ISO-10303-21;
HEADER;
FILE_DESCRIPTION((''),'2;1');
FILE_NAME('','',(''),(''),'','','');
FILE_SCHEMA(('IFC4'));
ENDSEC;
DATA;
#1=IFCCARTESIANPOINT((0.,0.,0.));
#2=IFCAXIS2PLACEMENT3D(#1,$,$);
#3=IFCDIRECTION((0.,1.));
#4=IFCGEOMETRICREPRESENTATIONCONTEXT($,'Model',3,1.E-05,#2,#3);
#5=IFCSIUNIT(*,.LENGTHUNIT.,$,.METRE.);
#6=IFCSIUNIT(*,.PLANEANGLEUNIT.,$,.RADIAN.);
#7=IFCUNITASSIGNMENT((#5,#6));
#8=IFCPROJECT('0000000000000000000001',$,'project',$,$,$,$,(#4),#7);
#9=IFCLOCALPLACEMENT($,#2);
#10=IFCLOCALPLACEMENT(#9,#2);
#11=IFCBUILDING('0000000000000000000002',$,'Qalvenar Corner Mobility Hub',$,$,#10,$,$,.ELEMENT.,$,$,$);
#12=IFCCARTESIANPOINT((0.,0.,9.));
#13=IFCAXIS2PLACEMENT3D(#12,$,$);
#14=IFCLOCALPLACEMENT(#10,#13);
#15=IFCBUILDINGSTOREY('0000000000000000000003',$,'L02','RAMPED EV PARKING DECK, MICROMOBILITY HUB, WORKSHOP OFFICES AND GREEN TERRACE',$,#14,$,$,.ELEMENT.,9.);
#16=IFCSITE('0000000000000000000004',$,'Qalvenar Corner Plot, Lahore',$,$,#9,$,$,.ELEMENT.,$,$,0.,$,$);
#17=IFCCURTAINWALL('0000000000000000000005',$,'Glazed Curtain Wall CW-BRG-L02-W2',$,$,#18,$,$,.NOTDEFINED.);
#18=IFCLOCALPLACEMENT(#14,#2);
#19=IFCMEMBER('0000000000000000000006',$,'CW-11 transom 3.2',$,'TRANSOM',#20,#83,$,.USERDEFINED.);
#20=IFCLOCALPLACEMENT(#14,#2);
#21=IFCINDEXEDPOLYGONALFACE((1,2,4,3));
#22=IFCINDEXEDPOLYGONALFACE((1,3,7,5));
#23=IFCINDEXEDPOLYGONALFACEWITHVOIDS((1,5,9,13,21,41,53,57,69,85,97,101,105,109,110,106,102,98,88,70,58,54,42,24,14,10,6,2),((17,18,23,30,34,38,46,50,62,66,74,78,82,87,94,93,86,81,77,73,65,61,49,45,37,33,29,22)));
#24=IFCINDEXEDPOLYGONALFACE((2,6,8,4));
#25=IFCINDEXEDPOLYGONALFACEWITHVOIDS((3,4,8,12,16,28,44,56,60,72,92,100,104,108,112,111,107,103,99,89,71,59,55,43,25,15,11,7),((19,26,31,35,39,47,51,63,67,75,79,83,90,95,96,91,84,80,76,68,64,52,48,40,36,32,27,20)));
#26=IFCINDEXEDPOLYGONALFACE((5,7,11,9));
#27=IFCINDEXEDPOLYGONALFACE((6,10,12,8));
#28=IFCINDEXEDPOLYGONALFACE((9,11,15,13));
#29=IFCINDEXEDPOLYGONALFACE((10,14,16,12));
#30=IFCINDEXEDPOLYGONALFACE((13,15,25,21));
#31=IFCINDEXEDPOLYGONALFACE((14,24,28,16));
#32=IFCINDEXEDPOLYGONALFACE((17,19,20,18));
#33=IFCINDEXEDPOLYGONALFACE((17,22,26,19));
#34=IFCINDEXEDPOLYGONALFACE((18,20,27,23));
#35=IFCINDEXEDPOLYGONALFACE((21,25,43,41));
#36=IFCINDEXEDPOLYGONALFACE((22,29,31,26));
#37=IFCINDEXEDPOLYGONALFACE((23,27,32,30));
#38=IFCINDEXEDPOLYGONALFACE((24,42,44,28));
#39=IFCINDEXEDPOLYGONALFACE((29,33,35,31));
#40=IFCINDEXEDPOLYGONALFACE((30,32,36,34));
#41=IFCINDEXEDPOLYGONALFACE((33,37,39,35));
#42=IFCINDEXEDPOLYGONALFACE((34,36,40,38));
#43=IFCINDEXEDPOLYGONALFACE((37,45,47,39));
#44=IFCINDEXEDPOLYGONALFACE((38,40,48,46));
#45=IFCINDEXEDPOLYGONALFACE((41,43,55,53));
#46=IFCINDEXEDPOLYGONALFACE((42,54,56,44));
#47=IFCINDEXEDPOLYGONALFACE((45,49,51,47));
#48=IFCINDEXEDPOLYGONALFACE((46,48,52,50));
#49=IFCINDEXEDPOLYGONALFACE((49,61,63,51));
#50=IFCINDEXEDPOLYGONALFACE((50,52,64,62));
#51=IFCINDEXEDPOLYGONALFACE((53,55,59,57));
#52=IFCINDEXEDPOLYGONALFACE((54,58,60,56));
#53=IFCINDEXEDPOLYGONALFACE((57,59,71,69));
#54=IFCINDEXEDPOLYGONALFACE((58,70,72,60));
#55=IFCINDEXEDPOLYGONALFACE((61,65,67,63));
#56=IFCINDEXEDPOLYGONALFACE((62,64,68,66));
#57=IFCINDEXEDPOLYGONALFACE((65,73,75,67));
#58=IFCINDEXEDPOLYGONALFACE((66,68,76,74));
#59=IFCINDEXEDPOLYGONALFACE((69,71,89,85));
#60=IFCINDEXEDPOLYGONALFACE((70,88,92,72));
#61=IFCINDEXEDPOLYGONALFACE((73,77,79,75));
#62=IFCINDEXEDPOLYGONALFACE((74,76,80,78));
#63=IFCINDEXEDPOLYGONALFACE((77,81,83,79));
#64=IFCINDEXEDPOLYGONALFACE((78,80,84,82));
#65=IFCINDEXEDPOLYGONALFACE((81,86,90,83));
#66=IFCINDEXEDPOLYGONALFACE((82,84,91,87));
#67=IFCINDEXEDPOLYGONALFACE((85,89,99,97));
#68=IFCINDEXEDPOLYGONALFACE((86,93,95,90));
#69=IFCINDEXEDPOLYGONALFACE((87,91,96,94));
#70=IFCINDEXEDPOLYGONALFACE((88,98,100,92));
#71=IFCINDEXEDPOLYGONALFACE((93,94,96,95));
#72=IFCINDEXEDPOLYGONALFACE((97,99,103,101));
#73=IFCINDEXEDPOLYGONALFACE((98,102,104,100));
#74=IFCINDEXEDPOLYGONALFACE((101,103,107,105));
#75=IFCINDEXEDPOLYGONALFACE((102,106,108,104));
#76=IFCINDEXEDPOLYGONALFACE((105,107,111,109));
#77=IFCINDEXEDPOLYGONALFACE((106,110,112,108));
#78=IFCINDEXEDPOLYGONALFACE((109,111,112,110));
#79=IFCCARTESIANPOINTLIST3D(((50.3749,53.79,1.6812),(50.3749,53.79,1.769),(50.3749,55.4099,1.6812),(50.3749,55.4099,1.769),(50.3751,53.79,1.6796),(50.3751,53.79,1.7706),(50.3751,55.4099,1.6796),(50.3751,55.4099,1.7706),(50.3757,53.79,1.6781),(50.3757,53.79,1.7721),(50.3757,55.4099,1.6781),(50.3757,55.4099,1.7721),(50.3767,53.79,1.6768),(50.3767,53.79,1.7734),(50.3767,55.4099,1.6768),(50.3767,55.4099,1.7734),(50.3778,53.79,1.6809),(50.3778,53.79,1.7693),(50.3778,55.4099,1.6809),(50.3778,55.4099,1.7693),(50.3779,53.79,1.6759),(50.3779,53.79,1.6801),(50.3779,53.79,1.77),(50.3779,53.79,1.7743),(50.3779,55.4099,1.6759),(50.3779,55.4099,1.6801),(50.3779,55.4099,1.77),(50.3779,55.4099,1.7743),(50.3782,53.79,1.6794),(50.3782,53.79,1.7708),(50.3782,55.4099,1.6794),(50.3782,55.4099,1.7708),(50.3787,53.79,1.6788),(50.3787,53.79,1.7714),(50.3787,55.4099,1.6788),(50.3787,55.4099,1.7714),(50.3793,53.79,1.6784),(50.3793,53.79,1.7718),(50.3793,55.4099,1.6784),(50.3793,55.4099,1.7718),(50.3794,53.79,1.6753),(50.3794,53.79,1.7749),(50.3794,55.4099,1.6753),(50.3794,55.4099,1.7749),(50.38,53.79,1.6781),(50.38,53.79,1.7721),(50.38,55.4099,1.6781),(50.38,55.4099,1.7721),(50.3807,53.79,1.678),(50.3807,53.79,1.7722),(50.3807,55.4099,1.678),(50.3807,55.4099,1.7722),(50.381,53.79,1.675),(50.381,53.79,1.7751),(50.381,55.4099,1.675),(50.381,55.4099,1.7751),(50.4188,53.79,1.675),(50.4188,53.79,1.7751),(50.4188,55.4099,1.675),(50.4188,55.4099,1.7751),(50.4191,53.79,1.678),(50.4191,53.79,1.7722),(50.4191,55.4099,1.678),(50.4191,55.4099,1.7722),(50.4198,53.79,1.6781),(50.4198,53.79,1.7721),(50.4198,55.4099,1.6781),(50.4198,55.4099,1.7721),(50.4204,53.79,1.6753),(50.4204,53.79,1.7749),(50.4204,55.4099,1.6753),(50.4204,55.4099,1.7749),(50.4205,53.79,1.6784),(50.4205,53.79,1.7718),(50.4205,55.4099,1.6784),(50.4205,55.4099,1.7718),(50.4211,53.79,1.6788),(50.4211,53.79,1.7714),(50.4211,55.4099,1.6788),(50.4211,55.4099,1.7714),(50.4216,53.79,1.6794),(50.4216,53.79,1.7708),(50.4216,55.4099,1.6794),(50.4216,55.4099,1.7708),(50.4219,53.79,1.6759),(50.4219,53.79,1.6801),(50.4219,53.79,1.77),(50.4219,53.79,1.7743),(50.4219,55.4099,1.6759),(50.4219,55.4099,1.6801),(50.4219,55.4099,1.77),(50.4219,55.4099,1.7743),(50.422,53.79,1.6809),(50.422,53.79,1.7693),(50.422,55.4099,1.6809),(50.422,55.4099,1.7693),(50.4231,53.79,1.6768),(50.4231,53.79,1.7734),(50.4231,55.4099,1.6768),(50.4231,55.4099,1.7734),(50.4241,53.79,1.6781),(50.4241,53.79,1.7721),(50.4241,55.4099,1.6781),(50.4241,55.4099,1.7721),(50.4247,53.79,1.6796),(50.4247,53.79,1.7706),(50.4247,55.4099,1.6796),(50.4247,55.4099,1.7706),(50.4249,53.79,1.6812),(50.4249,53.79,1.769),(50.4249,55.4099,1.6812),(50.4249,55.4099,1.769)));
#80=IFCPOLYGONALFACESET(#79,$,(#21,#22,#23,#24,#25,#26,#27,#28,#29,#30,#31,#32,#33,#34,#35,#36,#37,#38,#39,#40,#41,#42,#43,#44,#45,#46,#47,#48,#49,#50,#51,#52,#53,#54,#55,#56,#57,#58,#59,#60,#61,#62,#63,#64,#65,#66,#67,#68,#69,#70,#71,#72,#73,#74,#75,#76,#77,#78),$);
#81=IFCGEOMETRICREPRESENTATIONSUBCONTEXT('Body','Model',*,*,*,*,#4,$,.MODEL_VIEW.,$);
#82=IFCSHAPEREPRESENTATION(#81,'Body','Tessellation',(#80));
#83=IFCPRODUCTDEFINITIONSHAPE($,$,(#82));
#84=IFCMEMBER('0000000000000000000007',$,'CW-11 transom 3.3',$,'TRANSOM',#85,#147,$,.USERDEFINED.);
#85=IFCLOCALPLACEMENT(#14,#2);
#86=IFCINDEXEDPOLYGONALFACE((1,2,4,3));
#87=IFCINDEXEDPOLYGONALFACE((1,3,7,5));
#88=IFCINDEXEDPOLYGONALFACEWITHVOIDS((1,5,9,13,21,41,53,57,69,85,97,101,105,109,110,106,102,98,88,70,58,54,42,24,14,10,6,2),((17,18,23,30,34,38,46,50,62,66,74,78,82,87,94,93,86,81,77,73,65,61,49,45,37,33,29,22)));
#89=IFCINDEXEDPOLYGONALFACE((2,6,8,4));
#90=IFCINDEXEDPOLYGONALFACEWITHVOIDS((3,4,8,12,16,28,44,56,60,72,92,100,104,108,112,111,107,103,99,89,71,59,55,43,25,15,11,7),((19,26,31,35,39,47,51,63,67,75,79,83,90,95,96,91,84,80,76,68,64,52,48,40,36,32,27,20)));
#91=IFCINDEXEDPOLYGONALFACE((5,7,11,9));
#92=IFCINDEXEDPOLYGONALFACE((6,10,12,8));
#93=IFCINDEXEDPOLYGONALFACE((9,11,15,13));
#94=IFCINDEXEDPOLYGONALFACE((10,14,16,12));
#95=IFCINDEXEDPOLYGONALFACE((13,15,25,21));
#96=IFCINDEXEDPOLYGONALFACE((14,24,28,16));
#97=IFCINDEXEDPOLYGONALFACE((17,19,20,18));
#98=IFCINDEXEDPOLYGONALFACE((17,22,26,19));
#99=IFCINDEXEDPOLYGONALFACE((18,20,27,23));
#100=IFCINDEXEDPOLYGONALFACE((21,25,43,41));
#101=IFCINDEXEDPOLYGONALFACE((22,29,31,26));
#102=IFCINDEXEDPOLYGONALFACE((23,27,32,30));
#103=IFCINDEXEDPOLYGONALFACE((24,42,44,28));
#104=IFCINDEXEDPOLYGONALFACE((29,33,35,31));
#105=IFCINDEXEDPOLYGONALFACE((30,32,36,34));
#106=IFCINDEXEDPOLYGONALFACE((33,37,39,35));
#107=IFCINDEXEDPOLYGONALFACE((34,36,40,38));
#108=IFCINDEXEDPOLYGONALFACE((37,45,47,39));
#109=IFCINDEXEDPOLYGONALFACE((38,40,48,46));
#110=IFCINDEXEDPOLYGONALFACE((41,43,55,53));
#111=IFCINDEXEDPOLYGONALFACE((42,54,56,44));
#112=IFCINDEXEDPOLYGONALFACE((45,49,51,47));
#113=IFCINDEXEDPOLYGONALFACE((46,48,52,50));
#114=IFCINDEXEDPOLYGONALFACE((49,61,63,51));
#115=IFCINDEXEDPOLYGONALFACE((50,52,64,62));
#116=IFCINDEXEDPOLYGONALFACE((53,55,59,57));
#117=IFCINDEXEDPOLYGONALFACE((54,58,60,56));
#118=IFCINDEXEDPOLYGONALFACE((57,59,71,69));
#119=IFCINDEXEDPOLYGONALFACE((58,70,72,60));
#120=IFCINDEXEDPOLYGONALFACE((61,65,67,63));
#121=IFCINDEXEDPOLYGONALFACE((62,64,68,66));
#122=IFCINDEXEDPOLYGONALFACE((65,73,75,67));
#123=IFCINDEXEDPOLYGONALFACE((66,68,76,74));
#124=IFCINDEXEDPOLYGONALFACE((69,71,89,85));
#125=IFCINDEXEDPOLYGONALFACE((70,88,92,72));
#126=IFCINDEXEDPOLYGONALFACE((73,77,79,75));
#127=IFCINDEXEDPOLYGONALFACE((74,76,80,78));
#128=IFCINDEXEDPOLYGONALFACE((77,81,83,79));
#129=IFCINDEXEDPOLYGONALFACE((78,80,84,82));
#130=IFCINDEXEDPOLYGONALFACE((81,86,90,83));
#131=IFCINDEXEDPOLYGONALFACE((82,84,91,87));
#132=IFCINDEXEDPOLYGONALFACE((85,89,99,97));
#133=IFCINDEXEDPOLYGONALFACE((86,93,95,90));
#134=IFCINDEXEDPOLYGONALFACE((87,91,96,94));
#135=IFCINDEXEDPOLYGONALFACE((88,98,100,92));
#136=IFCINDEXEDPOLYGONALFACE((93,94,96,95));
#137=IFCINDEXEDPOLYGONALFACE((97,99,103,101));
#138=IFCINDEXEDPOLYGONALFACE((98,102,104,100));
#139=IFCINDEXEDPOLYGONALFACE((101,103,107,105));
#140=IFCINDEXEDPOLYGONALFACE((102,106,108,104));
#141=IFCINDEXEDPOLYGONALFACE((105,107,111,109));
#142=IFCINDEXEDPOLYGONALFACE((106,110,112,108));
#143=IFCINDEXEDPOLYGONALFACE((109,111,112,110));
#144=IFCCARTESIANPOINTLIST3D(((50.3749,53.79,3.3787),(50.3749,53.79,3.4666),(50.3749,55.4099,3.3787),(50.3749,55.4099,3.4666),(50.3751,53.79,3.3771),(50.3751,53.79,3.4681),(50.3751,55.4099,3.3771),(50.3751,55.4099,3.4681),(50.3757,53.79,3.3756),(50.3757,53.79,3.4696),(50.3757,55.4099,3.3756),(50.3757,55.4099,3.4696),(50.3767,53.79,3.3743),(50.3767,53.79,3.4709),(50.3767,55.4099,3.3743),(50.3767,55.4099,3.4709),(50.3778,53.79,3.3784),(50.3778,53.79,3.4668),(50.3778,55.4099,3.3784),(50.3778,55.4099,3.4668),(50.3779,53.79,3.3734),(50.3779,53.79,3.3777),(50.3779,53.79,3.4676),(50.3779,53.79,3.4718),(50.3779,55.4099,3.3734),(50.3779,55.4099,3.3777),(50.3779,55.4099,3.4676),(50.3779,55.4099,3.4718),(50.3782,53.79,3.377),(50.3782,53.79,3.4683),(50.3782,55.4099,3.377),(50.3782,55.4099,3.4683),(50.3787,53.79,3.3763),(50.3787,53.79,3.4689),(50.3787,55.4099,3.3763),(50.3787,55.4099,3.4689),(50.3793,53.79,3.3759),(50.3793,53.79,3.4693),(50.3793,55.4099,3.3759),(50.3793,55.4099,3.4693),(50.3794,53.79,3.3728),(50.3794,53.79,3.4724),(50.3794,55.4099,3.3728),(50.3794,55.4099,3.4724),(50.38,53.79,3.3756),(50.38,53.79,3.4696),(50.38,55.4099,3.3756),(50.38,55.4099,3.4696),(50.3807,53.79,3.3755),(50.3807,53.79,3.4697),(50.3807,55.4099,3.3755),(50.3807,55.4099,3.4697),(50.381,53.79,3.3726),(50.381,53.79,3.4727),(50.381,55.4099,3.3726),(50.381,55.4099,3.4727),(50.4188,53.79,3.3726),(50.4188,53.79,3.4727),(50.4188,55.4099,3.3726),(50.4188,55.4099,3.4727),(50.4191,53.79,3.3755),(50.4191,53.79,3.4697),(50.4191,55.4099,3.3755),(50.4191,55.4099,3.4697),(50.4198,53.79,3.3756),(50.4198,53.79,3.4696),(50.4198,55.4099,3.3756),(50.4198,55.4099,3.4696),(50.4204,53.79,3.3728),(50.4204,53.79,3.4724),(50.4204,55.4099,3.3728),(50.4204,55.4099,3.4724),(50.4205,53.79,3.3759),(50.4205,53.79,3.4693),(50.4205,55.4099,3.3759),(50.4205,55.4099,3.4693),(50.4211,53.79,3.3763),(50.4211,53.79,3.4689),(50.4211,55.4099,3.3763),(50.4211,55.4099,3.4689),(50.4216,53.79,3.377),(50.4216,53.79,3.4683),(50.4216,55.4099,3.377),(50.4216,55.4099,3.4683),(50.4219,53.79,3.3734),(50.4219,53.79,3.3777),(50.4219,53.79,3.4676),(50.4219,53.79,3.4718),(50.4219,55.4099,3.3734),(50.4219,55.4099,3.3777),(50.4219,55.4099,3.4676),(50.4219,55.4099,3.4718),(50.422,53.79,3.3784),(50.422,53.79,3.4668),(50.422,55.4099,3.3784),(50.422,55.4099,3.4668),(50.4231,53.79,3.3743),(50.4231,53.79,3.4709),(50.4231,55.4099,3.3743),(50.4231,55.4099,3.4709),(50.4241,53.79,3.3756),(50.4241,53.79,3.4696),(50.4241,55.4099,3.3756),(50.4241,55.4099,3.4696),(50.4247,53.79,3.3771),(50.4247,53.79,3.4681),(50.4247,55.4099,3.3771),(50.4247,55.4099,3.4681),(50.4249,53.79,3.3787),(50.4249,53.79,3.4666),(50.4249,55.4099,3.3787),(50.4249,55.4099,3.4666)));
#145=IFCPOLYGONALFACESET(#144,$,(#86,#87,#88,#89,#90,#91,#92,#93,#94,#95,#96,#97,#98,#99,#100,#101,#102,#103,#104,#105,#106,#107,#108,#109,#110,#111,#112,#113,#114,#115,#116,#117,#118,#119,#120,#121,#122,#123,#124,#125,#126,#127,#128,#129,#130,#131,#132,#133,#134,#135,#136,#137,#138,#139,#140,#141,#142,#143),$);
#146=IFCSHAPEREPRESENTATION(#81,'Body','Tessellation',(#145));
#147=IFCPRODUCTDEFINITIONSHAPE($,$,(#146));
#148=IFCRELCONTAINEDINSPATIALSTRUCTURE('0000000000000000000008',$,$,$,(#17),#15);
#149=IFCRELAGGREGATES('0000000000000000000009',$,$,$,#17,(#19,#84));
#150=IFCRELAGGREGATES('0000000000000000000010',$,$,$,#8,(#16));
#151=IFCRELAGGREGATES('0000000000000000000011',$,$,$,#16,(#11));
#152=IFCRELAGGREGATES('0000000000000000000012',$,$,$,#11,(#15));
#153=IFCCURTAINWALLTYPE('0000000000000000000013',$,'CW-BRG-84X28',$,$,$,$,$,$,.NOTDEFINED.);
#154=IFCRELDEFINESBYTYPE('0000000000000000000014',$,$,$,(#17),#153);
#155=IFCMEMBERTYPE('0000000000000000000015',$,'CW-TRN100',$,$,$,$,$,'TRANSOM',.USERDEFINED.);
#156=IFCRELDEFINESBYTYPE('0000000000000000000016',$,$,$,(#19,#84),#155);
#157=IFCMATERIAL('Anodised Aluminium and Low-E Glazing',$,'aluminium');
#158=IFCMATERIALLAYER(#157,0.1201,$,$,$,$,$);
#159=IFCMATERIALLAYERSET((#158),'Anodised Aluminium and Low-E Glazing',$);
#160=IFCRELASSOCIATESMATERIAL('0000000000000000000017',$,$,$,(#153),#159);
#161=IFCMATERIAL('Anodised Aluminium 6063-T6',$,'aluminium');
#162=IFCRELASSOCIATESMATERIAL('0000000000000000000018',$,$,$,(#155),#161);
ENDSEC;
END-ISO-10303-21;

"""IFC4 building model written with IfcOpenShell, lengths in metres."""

from ifc_helpers import new_model, si_unit, direction, frame, origin, origin_2d, place, context, subcontext, project, spatial, hollow_rectangle, extrude, material, layer, layer_set, material_profile, profile_set, type_object, element, aggregate, save


model = new_model("IFC4")

# Units and contexts
model_context = context("Model", 3, precision=1e-05, world=origin(), true_north=direction((0.0, 1.0)))
body_context = subcontext(model_context, "Body", "Model", "MODEL_VIEW")
ifc_project = project(units=[si_unit("LENGTHUNIT", "METRE"), si_unit("PLANEANGLEUNIT", "RADIAN")], contexts=[model_context])

# Site, building, storey
site_placement = place(None, origin())
site = spatial("IfcSite", under=ifc_project, at=site_placement, Name="Qalvenar Corner Plot, Lahore", CompositionType="ELEMENT", RefElevation=0.0)
building_placement = place(site_placement, origin())
building = spatial("IfcBuilding", under=site, at=building_placement, Name="Qalvenar Corner Mobility Hub", CompositionType="ELEMENT")
storey_placement = place(building_placement, frame((0.0, 0.0, 9.0)))
storey = spatial("IfcBuildingStorey", under=building, at=storey_placement, Name="L02", Description="RAMPED EV PARKING DECK, MICROMOBILITY HUB, WORKSHOP OFFICES AND GREEN TERRACE", CompositionType="ELEMENT", Elevation=9.0)

# Curtain wall, members
ifc_material_1 = material(Name="Anodised Aluminium and Low-E Glazing", Category="aluminium")
ifc_layer_1 = layer(ifc_material_1, 0.1201)
ifc_layer_set_1 = layer_set([ifc_layer_1], Name="Anodised Aluminium and Low-E Glazing")
curtain_wall_type = type_object("IfcCurtainWallType", Name="CW-BRG-84X28", PredefinedType="NOTDEFINED", material=ifc_layer_set_1)
curtain_wall_placement = place(storey_placement, origin())
curtain_wall = element("IfcCurtainWall", 1, at=curtain_wall_placement, inside=storey, type_object=curtain_wall_type, Name="Glazed Curtain Wall CW-BRG-L02-W2", PredefinedType="NOTDEFINED")
ifc_material_2 = material(Name="Anodised Aluminium 6063-T6", Category="aluminium")
ifc_material_profile_1 = material_profile(ifc_material_2, hollow_rectangle(XDim=0.05, YDim=0.1001, WallThickness=0.0029, InnerFilletRadius=0.0029, OuterFilletRadius=0.0061, at=origin_2d()), Name="RHS100x50x3")
ifc_profile_set_1 = profile_set([ifc_material_profile_1], Name="Anodised Aluminium 6063-T6")
member_type_1 = type_object("IfcMemberType", Name="CW-TRN100", ElementType="TRANSOM", PredefinedType="USERDEFINED", material=ifc_profile_set_1)
member_1_placement = place(storey_placement, frame((50.3999, 55.4099, 1.7251), z_axis=(0.0, -1.0, 0.0), x_axis=(1.0, 0.0, 0.0)))
member_1 = element("IfcMember", 2, at=member_1_placement, type_object=member_type_1, Name="CW-11 transom 3.2", ObjectType="TRANSOM", PredefinedType="USERDEFINED", context=body_context, shape_type="SweptSolid", body=[
    extrude(hollow_rectangle(XDim=0.05, YDim=0.1001, WallThickness=0.0029, InnerFilletRadius=0.0029, OuterFilletRadius=0.0061, at=origin_2d()), origin(), (0.0, 0.0, 1.0), 1.6199),
])
member_2_placement = place(storey_placement, frame((50.3999, 55.4099, 3.4226), z_axis=(0.0, -1.0, 0.0), x_axis=(1.0, 0.0, 0.0)))
member_2 = element("IfcMember", 3, at=member_2_placement, type_object=member_type_1, Name="CW-11 transom 3.3", ObjectType="TRANSOM", PredefinedType="USERDEFINED", context=body_context, shape_type="SweptSolid", body=[
    extrude(hollow_rectangle(XDim=0.05, YDim=0.1001, WallThickness=0.0029, InnerFilletRadius=0.0029, OuterFilletRadius=0.0061, at=origin_2d()), origin(), (0.0, 0.0, 1.0), 1.6199),
])

aggregate(curtain_wall, [member_1, member_2])

save(model, "model.ifc")
